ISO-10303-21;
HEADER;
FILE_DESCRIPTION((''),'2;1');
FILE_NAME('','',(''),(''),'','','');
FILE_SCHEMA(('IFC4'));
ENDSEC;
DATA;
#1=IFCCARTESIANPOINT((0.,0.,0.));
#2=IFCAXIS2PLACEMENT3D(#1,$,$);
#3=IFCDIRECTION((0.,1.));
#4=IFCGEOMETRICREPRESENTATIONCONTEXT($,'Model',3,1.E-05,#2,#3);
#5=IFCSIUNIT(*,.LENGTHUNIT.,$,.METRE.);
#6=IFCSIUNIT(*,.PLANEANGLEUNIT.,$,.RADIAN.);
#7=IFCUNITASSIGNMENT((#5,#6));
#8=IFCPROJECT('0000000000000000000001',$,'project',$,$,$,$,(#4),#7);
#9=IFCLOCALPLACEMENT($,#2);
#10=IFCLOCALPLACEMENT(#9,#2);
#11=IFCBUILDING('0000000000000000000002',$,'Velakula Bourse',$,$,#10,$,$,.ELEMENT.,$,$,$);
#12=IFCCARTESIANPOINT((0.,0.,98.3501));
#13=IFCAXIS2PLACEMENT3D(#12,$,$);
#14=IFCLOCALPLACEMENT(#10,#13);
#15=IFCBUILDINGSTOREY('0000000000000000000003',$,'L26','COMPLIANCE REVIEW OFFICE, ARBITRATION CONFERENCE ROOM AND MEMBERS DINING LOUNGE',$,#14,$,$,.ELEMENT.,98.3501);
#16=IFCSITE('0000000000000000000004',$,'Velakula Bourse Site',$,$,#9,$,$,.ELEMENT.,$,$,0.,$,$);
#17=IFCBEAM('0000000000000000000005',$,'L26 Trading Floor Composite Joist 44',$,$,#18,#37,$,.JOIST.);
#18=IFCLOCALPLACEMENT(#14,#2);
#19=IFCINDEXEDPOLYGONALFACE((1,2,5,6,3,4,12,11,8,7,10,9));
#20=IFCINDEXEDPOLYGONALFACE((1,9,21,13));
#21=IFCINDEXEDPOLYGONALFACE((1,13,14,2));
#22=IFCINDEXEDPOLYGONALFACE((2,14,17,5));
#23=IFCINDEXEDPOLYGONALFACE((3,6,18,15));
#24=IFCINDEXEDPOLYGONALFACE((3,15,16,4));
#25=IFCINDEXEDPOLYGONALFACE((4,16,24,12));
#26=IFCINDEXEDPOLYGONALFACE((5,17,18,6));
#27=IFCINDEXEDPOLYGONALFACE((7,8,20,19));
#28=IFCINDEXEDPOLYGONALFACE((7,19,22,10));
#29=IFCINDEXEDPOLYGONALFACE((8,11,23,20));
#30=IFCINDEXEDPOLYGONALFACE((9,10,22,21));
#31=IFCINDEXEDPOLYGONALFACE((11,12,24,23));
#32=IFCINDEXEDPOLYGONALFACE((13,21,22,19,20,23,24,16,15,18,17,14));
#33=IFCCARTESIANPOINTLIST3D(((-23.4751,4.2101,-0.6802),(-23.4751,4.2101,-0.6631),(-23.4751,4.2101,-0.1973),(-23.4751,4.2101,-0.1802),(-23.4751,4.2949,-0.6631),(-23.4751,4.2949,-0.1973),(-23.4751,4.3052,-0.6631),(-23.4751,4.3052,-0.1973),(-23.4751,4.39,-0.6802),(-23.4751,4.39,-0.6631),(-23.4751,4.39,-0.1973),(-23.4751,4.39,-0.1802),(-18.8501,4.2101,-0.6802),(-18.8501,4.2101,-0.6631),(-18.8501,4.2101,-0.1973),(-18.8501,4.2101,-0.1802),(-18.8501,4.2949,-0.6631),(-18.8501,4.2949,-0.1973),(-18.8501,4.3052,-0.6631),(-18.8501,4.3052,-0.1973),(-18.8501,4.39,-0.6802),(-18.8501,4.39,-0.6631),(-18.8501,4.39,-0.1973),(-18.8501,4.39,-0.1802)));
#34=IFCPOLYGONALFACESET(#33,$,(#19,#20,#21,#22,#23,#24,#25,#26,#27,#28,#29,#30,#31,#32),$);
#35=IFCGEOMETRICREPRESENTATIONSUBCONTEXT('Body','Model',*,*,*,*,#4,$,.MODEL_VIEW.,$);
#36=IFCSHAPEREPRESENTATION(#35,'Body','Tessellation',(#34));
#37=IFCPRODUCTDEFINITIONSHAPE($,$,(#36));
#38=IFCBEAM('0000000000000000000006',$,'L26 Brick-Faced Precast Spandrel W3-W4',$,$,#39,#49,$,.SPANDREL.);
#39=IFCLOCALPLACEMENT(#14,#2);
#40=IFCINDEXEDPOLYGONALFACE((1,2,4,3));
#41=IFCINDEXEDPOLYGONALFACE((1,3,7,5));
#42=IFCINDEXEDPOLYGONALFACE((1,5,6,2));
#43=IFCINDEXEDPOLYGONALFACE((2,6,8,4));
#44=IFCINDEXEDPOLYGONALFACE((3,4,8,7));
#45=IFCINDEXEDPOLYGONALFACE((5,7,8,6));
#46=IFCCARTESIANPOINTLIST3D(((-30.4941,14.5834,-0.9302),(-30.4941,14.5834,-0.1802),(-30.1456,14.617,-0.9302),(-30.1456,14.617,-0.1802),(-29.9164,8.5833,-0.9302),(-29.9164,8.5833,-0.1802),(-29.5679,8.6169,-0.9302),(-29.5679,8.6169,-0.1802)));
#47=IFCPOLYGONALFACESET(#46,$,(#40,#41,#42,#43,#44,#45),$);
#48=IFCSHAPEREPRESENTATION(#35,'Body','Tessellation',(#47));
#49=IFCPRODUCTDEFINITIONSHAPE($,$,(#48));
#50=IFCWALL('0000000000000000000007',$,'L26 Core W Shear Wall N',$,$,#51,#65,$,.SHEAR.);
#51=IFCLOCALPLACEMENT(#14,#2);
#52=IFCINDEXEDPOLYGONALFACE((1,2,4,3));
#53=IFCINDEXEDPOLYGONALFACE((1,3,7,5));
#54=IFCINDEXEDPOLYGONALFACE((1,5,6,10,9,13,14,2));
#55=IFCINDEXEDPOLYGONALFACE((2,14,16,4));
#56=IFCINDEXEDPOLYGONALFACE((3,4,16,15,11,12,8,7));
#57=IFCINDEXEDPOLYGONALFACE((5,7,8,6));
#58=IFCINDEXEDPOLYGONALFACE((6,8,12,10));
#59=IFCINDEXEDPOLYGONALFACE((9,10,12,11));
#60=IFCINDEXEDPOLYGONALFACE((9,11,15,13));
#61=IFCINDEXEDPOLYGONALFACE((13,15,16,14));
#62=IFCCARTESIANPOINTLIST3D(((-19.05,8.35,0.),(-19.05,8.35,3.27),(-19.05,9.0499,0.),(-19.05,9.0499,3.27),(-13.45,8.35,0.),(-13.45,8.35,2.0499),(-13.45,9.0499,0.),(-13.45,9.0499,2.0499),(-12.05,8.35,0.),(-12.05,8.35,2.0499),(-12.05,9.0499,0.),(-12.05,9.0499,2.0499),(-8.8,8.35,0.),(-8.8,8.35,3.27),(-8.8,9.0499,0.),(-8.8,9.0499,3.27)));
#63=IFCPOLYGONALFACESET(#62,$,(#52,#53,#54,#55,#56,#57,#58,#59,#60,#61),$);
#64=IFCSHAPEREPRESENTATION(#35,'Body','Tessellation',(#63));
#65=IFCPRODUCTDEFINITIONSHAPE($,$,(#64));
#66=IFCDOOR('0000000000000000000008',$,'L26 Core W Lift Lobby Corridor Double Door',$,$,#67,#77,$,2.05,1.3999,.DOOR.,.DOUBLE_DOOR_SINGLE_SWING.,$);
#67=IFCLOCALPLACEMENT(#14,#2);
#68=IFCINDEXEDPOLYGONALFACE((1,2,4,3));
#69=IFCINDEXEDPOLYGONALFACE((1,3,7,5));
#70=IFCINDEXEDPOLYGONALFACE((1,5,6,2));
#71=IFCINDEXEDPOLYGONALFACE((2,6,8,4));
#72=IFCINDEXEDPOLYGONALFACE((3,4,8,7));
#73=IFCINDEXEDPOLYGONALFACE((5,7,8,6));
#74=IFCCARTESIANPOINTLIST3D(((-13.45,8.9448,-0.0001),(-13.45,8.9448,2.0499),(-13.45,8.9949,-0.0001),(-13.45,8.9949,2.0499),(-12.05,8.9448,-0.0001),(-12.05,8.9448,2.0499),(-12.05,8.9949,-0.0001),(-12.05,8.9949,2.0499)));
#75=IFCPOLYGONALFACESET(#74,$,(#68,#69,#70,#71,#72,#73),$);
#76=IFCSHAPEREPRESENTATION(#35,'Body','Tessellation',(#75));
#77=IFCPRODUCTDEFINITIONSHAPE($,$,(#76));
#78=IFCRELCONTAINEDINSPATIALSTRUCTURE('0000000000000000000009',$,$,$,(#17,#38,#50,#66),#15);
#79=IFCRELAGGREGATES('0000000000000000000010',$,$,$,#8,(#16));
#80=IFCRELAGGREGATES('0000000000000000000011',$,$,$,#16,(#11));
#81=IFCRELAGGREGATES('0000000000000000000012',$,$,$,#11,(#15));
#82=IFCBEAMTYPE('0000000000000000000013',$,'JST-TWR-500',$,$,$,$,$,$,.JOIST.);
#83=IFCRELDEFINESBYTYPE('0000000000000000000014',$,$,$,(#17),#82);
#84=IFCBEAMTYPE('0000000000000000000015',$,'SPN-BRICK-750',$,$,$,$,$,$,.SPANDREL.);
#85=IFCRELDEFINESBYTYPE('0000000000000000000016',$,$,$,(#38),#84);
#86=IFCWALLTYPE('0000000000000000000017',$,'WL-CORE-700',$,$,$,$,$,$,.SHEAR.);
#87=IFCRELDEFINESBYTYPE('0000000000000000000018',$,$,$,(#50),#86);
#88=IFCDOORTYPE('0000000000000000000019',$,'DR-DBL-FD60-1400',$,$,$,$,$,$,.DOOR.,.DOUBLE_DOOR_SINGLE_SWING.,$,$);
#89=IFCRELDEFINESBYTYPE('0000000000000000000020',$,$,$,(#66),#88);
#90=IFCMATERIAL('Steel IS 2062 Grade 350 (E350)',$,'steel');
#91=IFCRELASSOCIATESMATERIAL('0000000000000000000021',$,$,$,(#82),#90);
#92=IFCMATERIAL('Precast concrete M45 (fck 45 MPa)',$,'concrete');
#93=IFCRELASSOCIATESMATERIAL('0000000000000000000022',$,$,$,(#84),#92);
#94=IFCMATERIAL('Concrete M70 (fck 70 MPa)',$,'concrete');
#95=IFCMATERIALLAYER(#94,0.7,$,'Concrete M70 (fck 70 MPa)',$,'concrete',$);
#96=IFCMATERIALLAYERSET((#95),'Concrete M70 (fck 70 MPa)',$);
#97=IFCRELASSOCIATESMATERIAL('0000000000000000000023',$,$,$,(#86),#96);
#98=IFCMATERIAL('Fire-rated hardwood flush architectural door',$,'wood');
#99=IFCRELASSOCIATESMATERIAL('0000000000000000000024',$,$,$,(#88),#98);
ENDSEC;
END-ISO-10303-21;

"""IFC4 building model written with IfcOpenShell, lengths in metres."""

from ifc_helpers import new_model, si_unit, direction, frame, frame_2d, origin, origin_2d, place, context, subcontext, project, spatial, rectangle, i_section, extrude, material, layer, layer_set, material_profile, profile_set, type_object, element, fill, save


model = new_model("IFC4")

# Units and contexts
model_context = context("Model", 3, precision=1e-05, world=origin(), true_north=direction((0.0, 1.0)))
body_context = subcontext(model_context, "Body", "Model", "MODEL_VIEW")
ifc_project = project(units=[si_unit("LENGTHUNIT", "METRE"), si_unit("PLANEANGLEUNIT", "RADIAN")], contexts=[model_context])

# Site, building, storey
site_placement = place(None, origin())
site = spatial("IfcSite", under=ifc_project, at=site_placement, Name="Velakula Bourse Site", CompositionType="ELEMENT", RefElevation=0.0)
building_placement = place(site_placement, origin())
building = spatial("IfcBuilding", under=site, at=building_placement, Name="Velakula Bourse", CompositionType="ELEMENT")
storey_placement = place(building_placement, frame((0.0, 0.0, 98.3501)))
storey = spatial("IfcBuildingStorey", under=building, at=storey_placement, Name="L26", Description="COMPLIANCE REVIEW OFFICE, ARBITRATION CONFERENCE ROOM AND MEMBERS DINING LOUNGE", CompositionType="ELEMENT", Elevation=98.3501)

# Shared definitions
ifc_material_1 = material(Name="Concrete M70 (fck 70 MPa)", Category="concrete")

# Beams
ifc_material_2 = material(Name="Steel IS 2062 Grade 350 (E350)", Category="steel")
ifc_material_profile_1 = material_profile(ifc_material_2, i_section(OverallWidth=0.1799, OverallDepth=0.5, WebThickness=0.0103, FlangeThickness=0.0171, at=origin_2d()), Name="Steel IS 2062 Grade 350 (E350)")
ifc_profile_set_1 = profile_set([ifc_material_profile_1], Name="Steel IS 2062 Grade 350 (E350)")
beam_type_1 = type_object("IfcBeamType", Name="JST-TWR-500", PredefinedType="JOIST", material=ifc_profile_set_1)
beam_1_placement = place(storey_placement, frame((-23.4751, 4.3, -0.4302), z_axis=(1.0, 0.0, 0.0), x_axis=(0.0, 1.0, 0.0)))
element("IfcBeam", 1, at=beam_1_placement, inside=storey, type_object=beam_type_1, Name="L26 Trading Floor Composite Joist 44", PredefinedType="JOIST", context=body_context, shape_type="SweptSolid", body=[
    extrude(i_section(OverallWidth=0.1799, OverallDepth=0.5, WebThickness=0.0103, FlangeThickness=0.0171, at=origin_2d()), origin(), (0.0, 0.0, 1.0), 4.625),
])
ifc_material_3 = material(Name="Precast concrete M45 (fck 45 MPa)", Category="concrete")
ifc_material_profile_2 = material_profile(ifc_material_3, rectangle(XDim=0.3501, YDim=0.75, at=origin_2d()), Name="Precast concrete M45 (fck 45 MPa)")
ifc_profile_set_2 = profile_set([ifc_material_profile_2], Name="Precast concrete M45 (fck 45 MPa)")
beam_type_2 = type_object("IfcBeamType", Name="SPN-BRICK-750", PredefinedType="SPANDREL", material=ifc_profile_set_2)
beam_2_placement = place(storey_placement, frame((-29.7422, 8.6001, -0.5552), z_axis=(-0.09583, 0.995398, 0.0), x_axis=(-0.995398, -0.09583, 0.0)))
element("IfcBeam", 2, at=beam_2_placement, inside=storey, type_object=beam_type_2, Name="L26 Brick-Faced Precast Spandrel W3-W4", PredefinedType="SPANDREL", context=body_context, shape_type="SweptSolid", body=[
    extrude(rectangle(XDim=0.3501, YDim=0.75, at=origin_2d()), origin(), (0.0, 0.0, 1.0), 6.0278),
])

# Wall, opening, door
ifc_layer = layer(ifc_material_1, 0.7, Name="Concrete M70 (fck 70 MPa)", Category="concrete")
ifc_layer_set = layer_set([ifc_layer], Name="Concrete M70 (fck 70 MPa)")
wall_type = type_object("IfcWallType", Name="WL-CORE-700", PredefinedType="SHEAR", material=ifc_layer_set)
wall_placement = place(storey_placement, frame((-19.05, 8.7, 0.0), z_axis=(0.0, 0.0, 1.0), x_axis=(1.0, 0.0, 0.0)))
wall = element("IfcWall", 3, at=wall_placement, inside=storey, type_object=wall_type, Name="L26 Core W Shear Wall N", PredefinedType="SHEAR", context=body_context, shape_type="SweptSolid", body=[
    extrude(rectangle(XDim=10.25, YDim=0.7, at=frame_2d((5.125, 0.0))), origin(), (0.0, 0.0, 1.0), 3.27),
])
opening_placement = place(wall_placement, frame((5.6001, 0.0, 0.0)))
opening = element("IfcOpeningElement", 4, at=opening_placement, cuts=wall, PredefinedType="OPENING", context=body_context, shape_type="SweptSolid", body=[
    extrude(rectangle(XDim=1.3999, YDim=2.05, at=frame_2d((0.7, 1.0249))), frame((0.0, 0.3599, 0.0), z_axis=(0.0, -1.0, 0.0), x_axis=(1.0, 0.0, 0.0)), (0.0, 0.0, 1.0), 0.72),
])
ifc_material_4 = material(Name="Fire-rated hardwood flush architectural door", Category="wood")
door_type = type_object("IfcDoorType", Name="DR-DBL-FD60-1400", OperationType="DOUBLE_DOOR_SINGLE_SWING", PredefinedType="DOOR", material=ifc_material_4)
door_placement = place(opening_placement, origin())
door = element("IfcDoor", 5, at=door_placement, inside=storey, type_object=door_type, Name="L26 Core W Lift Lobby Corridor Double Door", OperationType="DOUBLE_DOOR_SINGLE_SWING", OverallHeight=2.05, OverallWidth=1.3999, PredefinedType="DOOR", context=body_context, shape_type="SweptSolid", body=[
    extrude(rectangle(XDim=1.3999, YDim=2.05, at=frame_2d((0.7, 1.0249))), frame((0.0, 0.2949, 0.0), z_axis=(0.0, -1.0, 0.0), x_axis=(1.0, 0.0, 0.0)), (0.0, 0.0, 1.0), 0.05),
])
fill(opening, door)

save(model, "model.ifc")
